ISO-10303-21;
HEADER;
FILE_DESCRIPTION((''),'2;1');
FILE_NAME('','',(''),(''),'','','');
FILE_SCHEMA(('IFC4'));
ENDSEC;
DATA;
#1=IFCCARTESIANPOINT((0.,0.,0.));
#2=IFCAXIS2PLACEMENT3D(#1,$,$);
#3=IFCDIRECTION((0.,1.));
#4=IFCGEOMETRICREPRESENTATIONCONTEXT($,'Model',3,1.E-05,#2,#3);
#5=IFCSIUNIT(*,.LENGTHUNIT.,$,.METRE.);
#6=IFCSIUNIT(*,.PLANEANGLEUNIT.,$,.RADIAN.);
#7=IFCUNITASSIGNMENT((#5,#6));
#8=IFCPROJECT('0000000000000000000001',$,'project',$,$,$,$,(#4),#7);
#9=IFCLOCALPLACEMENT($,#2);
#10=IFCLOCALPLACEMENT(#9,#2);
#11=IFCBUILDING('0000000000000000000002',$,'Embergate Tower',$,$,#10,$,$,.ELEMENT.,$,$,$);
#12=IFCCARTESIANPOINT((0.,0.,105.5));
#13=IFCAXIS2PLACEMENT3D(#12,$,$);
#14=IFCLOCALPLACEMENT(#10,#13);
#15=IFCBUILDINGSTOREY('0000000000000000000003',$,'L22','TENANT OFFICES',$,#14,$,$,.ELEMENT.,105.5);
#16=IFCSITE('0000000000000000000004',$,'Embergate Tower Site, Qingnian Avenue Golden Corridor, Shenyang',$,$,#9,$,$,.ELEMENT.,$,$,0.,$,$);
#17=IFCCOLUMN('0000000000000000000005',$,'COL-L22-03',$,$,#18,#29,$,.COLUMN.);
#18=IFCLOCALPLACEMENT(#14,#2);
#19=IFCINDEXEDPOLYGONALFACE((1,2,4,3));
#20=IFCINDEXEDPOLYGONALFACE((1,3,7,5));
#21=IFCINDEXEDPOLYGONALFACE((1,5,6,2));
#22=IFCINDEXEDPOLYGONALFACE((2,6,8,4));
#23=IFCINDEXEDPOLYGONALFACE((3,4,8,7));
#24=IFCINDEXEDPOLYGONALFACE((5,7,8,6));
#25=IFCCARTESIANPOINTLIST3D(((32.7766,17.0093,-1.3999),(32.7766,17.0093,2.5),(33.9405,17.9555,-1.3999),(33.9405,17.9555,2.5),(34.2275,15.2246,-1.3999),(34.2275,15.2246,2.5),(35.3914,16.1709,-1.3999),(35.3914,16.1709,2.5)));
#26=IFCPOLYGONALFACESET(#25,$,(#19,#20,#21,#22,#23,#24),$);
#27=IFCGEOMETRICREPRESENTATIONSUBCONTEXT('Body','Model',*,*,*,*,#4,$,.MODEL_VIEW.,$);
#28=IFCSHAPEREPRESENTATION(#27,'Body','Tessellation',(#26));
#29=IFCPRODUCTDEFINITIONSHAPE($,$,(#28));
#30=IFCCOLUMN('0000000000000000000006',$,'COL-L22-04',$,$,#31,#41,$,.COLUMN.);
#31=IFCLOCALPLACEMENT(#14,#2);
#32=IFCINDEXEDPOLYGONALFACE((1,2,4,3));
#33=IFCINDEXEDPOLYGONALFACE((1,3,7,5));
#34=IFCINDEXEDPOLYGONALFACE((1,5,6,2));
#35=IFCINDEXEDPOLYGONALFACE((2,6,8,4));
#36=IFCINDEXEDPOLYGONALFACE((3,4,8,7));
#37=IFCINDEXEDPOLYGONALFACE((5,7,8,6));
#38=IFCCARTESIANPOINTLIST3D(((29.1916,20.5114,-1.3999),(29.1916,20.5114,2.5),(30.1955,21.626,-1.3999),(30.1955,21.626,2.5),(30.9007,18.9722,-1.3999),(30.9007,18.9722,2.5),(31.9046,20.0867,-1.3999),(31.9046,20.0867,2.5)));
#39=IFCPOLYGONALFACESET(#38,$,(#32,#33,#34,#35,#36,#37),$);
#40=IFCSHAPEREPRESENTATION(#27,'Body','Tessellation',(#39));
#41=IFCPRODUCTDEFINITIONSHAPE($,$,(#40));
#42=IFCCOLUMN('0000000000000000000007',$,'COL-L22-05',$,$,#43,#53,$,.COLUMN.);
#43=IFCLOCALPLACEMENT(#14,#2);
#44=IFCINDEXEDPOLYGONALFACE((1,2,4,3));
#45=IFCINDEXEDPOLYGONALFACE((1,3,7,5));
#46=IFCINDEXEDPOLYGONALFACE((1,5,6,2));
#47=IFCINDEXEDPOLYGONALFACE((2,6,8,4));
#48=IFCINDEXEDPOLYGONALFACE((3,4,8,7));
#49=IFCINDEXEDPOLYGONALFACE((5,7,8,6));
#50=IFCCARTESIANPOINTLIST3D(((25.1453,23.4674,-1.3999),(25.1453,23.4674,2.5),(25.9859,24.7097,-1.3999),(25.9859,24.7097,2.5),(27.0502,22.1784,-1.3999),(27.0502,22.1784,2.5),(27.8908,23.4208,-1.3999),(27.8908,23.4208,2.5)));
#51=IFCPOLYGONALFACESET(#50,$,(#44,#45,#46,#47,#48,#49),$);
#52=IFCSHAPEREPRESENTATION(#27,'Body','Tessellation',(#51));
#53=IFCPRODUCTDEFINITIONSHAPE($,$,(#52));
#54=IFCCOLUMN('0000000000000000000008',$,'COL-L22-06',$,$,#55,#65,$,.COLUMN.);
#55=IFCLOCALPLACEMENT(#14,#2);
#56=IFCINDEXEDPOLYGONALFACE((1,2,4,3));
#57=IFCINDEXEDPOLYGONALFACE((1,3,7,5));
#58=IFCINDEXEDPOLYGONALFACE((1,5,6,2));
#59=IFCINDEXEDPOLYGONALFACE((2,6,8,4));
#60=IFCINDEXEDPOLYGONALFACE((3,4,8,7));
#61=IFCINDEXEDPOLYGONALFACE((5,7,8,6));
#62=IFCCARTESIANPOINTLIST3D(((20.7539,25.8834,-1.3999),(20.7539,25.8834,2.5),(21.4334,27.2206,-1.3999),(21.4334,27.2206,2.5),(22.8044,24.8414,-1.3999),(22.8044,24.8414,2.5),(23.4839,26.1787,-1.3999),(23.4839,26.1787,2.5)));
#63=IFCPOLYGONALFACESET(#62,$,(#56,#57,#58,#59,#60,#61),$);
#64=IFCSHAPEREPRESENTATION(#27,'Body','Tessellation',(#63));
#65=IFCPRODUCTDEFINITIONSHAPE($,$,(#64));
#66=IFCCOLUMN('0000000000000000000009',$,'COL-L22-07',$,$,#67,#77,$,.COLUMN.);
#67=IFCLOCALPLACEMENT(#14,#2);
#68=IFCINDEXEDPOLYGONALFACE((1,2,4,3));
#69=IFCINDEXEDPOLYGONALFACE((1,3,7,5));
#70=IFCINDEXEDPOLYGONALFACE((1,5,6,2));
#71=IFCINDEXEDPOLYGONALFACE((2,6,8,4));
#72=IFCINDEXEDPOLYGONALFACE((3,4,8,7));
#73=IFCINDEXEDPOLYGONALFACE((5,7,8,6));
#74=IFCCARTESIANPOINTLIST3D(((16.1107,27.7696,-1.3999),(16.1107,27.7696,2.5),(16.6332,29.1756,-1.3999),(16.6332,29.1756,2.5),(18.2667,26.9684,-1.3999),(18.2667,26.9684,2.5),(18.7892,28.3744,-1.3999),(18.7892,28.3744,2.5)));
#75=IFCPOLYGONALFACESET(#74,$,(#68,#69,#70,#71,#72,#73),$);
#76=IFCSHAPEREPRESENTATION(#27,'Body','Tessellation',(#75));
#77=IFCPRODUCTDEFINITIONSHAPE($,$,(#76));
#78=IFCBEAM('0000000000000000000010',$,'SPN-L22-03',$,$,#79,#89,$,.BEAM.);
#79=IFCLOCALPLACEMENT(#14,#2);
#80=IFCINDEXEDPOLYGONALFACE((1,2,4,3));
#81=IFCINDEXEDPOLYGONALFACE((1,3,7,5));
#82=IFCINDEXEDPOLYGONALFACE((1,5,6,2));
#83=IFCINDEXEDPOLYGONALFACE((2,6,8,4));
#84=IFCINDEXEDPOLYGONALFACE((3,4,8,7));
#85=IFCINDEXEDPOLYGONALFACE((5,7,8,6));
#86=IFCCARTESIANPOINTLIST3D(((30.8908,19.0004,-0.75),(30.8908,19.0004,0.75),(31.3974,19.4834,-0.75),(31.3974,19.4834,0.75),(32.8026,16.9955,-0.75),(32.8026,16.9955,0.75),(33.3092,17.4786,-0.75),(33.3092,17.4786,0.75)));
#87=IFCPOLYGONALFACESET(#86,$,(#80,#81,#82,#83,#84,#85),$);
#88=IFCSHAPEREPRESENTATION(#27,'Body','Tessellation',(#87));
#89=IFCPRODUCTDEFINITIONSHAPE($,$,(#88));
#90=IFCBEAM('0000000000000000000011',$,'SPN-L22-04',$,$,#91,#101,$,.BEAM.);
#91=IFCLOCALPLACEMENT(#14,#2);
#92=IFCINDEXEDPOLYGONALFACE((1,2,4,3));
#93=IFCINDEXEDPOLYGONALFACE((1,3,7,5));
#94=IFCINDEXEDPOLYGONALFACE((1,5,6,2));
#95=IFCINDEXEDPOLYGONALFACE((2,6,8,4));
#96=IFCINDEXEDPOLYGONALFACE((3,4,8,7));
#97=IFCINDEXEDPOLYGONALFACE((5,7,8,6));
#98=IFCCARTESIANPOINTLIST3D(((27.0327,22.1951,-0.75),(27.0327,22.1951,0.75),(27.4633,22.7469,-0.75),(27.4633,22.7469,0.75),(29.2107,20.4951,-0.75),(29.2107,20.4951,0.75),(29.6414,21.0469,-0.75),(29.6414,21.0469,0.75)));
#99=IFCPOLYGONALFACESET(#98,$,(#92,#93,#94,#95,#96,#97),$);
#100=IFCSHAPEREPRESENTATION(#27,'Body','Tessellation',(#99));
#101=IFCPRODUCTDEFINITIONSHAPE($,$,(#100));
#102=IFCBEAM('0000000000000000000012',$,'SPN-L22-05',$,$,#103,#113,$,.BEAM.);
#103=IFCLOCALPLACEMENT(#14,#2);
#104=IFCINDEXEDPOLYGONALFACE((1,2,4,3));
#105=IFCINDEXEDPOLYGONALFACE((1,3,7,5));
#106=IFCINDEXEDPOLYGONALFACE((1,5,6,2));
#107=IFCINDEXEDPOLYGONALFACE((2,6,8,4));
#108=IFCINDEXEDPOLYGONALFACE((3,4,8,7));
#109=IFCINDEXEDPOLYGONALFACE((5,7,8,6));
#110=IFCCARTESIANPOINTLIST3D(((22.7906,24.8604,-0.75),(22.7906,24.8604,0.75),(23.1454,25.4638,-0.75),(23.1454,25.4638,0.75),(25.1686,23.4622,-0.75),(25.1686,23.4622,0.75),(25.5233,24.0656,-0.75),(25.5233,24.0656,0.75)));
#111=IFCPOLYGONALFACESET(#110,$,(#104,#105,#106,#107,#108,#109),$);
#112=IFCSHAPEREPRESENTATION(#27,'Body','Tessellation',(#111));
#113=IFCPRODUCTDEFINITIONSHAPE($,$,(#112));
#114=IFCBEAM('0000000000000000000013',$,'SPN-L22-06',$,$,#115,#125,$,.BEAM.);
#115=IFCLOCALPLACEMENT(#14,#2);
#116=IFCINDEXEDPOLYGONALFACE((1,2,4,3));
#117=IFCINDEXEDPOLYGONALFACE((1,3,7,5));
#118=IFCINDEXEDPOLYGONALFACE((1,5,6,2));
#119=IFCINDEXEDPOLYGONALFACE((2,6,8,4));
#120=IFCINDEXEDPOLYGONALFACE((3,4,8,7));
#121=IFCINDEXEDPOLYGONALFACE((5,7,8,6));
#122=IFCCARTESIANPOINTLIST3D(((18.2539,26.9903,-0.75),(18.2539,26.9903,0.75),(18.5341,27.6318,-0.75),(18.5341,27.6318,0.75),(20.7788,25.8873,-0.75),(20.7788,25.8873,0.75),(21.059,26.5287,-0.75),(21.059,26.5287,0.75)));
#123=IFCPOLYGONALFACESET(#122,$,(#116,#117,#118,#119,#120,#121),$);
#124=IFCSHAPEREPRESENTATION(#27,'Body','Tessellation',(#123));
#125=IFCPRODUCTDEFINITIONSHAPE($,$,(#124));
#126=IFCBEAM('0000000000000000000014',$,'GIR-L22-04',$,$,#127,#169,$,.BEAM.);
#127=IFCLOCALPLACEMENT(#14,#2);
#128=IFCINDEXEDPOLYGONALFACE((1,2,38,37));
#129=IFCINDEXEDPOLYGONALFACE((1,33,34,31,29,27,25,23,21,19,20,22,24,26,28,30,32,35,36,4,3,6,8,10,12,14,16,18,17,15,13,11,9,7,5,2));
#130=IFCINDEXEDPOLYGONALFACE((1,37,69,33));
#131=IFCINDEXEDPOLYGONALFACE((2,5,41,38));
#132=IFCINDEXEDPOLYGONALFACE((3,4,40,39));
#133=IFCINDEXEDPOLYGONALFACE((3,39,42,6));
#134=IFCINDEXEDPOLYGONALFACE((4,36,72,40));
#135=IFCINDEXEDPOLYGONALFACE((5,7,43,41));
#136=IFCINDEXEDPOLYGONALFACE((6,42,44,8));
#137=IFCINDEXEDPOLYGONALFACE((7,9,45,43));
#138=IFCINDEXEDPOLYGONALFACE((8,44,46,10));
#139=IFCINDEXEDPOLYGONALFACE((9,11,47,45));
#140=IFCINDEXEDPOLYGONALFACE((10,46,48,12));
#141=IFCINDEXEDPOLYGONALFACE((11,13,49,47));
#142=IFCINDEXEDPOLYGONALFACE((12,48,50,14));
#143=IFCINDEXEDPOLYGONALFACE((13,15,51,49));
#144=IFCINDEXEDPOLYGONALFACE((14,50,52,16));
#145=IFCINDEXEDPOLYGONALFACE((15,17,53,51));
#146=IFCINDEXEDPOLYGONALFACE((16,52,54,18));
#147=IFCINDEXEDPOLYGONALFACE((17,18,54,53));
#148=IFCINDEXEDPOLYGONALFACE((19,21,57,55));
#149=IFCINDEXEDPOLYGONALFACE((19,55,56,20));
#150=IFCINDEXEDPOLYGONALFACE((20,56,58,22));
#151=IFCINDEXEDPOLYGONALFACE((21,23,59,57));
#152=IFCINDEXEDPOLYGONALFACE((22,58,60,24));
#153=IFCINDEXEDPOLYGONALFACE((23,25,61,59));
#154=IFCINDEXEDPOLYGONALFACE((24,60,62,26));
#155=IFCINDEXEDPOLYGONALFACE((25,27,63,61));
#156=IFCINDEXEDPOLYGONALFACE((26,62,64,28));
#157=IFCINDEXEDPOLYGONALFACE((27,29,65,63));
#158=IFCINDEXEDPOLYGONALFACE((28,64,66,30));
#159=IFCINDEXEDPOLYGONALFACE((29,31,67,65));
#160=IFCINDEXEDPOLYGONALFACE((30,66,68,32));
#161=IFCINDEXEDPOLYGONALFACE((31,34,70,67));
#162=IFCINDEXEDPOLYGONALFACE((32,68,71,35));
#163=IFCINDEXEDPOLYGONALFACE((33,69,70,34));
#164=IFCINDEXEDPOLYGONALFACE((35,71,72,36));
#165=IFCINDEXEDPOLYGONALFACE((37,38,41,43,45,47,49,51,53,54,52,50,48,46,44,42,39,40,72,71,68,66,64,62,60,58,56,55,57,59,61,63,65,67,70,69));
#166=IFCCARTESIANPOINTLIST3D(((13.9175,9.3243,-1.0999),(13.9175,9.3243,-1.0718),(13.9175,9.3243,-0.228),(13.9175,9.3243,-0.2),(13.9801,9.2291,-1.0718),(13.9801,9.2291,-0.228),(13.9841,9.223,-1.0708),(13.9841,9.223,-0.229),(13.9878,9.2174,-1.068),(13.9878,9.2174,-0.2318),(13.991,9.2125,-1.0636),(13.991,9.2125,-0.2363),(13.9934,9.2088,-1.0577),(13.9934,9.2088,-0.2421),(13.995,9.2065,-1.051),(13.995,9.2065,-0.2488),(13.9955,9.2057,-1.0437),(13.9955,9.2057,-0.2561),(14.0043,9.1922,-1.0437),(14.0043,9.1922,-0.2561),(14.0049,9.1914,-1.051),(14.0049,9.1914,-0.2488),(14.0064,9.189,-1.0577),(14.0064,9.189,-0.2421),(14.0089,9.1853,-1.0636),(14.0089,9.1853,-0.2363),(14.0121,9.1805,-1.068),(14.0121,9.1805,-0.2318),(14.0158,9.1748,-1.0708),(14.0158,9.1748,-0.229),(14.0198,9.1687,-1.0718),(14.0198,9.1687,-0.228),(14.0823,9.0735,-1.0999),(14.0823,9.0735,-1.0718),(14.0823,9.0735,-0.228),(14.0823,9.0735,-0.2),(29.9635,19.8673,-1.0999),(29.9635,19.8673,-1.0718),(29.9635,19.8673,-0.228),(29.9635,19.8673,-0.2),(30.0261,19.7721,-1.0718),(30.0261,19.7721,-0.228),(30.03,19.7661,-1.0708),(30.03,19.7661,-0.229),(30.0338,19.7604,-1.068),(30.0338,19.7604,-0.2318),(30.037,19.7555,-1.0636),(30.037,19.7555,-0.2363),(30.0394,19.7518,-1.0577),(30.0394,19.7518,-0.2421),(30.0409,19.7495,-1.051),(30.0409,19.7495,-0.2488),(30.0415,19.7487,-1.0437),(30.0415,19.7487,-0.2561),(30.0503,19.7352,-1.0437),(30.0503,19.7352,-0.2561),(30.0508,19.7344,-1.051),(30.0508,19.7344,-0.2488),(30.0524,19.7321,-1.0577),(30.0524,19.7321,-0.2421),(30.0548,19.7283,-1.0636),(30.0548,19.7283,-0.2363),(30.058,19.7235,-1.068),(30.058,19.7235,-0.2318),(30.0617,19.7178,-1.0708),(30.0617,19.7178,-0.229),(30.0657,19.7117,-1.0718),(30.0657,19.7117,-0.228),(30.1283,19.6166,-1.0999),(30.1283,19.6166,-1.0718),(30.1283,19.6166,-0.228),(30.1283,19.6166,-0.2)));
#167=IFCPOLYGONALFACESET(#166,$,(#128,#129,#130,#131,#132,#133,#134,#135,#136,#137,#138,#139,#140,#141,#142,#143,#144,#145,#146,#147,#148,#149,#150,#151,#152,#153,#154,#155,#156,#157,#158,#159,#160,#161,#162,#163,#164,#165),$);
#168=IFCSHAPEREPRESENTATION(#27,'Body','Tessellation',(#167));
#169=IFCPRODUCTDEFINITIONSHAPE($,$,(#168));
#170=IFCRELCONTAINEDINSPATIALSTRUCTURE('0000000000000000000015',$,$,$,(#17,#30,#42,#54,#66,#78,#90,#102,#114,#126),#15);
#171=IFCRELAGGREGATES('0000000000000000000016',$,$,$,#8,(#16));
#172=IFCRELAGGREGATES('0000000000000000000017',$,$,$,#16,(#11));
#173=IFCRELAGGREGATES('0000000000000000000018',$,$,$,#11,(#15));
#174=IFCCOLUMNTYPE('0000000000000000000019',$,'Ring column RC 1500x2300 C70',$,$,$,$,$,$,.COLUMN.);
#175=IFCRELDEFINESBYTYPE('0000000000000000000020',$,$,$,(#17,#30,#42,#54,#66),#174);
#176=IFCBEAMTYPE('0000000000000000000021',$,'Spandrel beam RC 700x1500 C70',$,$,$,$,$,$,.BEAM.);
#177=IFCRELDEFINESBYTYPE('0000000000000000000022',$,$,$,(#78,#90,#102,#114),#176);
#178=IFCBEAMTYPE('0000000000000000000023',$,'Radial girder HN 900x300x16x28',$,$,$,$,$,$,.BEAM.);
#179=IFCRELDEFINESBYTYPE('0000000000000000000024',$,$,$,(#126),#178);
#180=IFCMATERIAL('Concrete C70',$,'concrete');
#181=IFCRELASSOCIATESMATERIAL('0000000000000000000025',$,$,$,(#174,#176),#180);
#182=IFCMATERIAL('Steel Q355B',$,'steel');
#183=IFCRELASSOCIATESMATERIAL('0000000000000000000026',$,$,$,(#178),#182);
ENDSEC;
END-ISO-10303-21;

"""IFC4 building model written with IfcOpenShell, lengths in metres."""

from ifc_helpers import new_model, si_unit, direction, frame, origin, origin_2d, place, context, subcontext, project, spatial, rectangle, i_section, extrude, source, transform, mapped, material, material_profile, profile_set, type_object, element, save


model = new_model("IFC4")

# Units and contexts
model_context = context("Model", 3, precision=1e-05, world=origin(), true_north=direction((0.0, 1.0)))
body_context = subcontext(model_context, "Body", "Model", "MODEL_VIEW")
ifc_project = project(units=[si_unit("LENGTHUNIT", "METRE"), si_unit("PLANEANGLEUNIT", "RADIAN")], contexts=[model_context])

# Site, building, storey
site_placement = place(None, origin())
site = spatial("IfcSite", under=ifc_project, at=site_placement, Name="Embergate Tower Site, Qingnian Avenue Golden Corridor, Shenyang", CompositionType="ELEMENT", RefElevation=0.0)
building_placement = place(site_placement, origin())
building = spatial("IfcBuilding", under=site, at=building_placement, Name="Embergate Tower", CompositionType="ELEMENT")
storey_placement = place(building_placement, frame((0.0, 0.0, 105.5)))
storey = spatial("IfcBuildingStorey", under=building, at=storey_placement, Name="L22", Description="TENANT OFFICES", CompositionType="ELEMENT", Elevation=105.5)

# Columns
ifc_material_1 = material(Name="Concrete C70", Category="concrete")
ifc_material_profile_1 = material_profile(ifc_material_1, rectangle(XDim=1.5, YDim=2.3, at=origin_2d()), Name="RC 1500x2300")
ifc_profile_set_1 = profile_set([ifc_material_profile_1], Name="Concrete C70")
column_type = type_object("IfcColumnType", Name="Ring column RC 1500x2300 C70", PredefinedType="COLUMN", material=ifc_profile_set_1)
shared_shape_1 = source(origin(), body_context, "Body", "SweptSolid", [
    extrude(rectangle(XDim=1.5, YDim=2.3, at=origin_2d()), origin(), (0.0, 0.0, 1.0), 3.8999),
])
for number, where, z_axis, x_axis, name in (
    (1, (34.084, 16.5901, -1.3999), (0.0, 0.0, 1.0), (0.775925, 0.630825, 0.0), "COL-L22-03"),
    (2, (30.5481, 20.2991, -1.3999), (0.0, 0.0, 1.0), (0.669221, 0.743063, 0.0), "COL-L22-04"),
    (3, (26.5181, 23.4441, -1.3999), (0.0, 0.0, 1.0), (0.560408, 0.828217, 0.0), "COL-L22-05"),
    (4, (22.1189, 26.031, -1.3999), (0.0, 0.0, 1.0), (0.453011, 0.891505, 0.0), "COL-L22-06"),
    (5, (17.45, 28.072, -1.3999), (0.0, 0.0, 1.0), (0.348343, 0.937367, 0.0), "COL-L22-07"),
):
    element("IfcColumn", number, at=place(storey_placement, frame(where, z_axis=z_axis, x_axis=x_axis)), inside=storey, type_object=column_type, Name=name, PredefinedType="COLUMN", context=body_context, shape_type="MappedRepresentation", body=[
        mapped(shared_shape_1, transform((0.0, 0.0, 0.0))),
    ])

# Beams
ifc_material_profile_2 = material_profile(ifc_material_1, rectangle(XDim=0.7, YDim=1.5, at=origin_2d()), Name="RC 700x1500")
ifc_profile_set_2 = profile_set([ifc_material_profile_2], Name="Concrete C70")
beam_type_1 = type_object("IfcBeamType", Name="Spandrel beam RC 700x1500 C70", PredefinedType="BEAM", material=ifc_profile_set_2)
shared_shape_2 = source(origin(), body_context, "Body", "SweptSolid", [
    extrude(rectangle(XDim=0.7, YDim=1.5, at=origin_2d()), origin(), (0.0, 0.0, 1.0), 2.7703),
])
beam_1_placement = place(storey_placement, frame((33.0559, 17.2371, 0.0), z_axis=(-0.690119, 0.723696, 0.0), x_axis=(-0.723696, -0.690119, 0.0)))
element("IfcBeam", 6, at=beam_1_placement, inside=storey, type_object=beam_type_1, Name="SPN-L22-03", PredefinedType="BEAM", context=body_context, shape_type="MappedRepresentation", body=[
    mapped(shared_shape_2, transform((0.0, 0.0, 0.0))),
])
shared_shape_3 = source(origin(), body_context, "Body", "SweptSolid", [
    extrude(rectangle(XDim=0.7, YDim=1.5, at=origin_2d()), origin(), (0.0, 0.0, 1.0), 2.7629),
])
beam_2_placement = place(storey_placement, frame((29.426, 20.771, 0.0), z_axis=(-0.788304, 0.615286, 0.0), x_axis=(-0.615286, -0.788304, 0.0)))
element("IfcBeam", 7, at=beam_2_placement, inside=storey, type_object=beam_type_1, Name="SPN-L22-04", PredefinedType="BEAM", context=body_context, shape_type="MappedRepresentation", body=[
    mapped(shared_shape_3, transform((0.0, 0.0, 0.0))),
])
shared_shape_4 = source(origin(), body_context, "Body", "SweptSolid", [
    extrude(rectangle(XDim=0.7, YDim=1.5, at=origin_2d()), origin(), (0.0, 0.0, 1.0), 2.7585),
])
beam_3_placement = place(storey_placement, frame((25.3459, 23.7639, 0.0), z_axis=(-0.862027, 0.506862, 0.0), x_axis=(-0.506862, -0.862027, 0.0)))
element("IfcBeam", 8, at=beam_3_placement, inside=storey, type_object=beam_type_1, Name="SPN-L22-05", PredefinedType="BEAM", context=body_context, shape_type="MappedRepresentation", body=[
    mapped(shared_shape_4, transform((0.0, 0.0, 0.0))),
])
shared_shape_5 = source(origin(), body_context, "Body", "SweptSolid", [
    extrude(rectangle(XDim=0.7, YDim=1.5, at=origin_2d()), origin(), (0.0, 0.0, 1.0), 2.7554),
])
beam_4_placement = place(storey_placement, frame((20.9189, 26.208, 0.0), z_axis=(-0.916373, 0.400326, 0.0), x_axis=(-0.400326, -0.916373, 0.0)))
element("IfcBeam", 9, at=beam_4_placement, inside=storey, type_object=beam_type_1, Name="SPN-L22-06", PredefinedType="BEAM", context=body_context, shape_type="MappedRepresentation", body=[
    mapped(shared_shape_5, transform((0.0, 0.0, 0.0))),
])
ifc_material_2 = material(Name="Steel Q355B", Category="steel")
ifc_material_profile_3 = material_profile(ifc_material_2, i_section(OverallWidth=0.3, OverallDepth=0.8999, WebThickness=0.0161, FlangeThickness=0.0281, FilletRadius=0.0281, at=origin_2d()), Name="HN 900x300x16x28")
ifc_profile_set_3 = profile_set([ifc_material_profile_3], Name="Steel Q355 grade B")
beam_type_2 = type_object("IfcBeamType", Name="Radial girder HN 900x300x16x28", PredefinedType="BEAM", material=ifc_profile_set_3)
shared_shape_6 = source(origin(), body_context, "Body", "SweptSolid", [
    extrude(i_section(OverallWidth=0.3, OverallDepth=0.8999, WebThickness=0.0161, FlangeThickness=0.0281, FilletRadius=0.0281, at=origin_2d()), origin(), (0.0, 0.0, 1.0), 19.1997),
])
beam_5_placement = place(storey_placement, frame((30.0459, 19.7419, -0.6499), z_axis=(-0.835741, -0.549124, 0.0), x_axis=(0.549124, -0.835741, 0.0)))
element("IfcBeam", 10, at=beam_5_placement, inside=storey, type_object=beam_type_2, Name="GIR-L22-04", PredefinedType="BEAM", context=body_context, shape_type="MappedRepresentation", body=[
    mapped(shared_shape_6, transform((0.0, 0.0, 0.0))),
])

save(model, "model.ifc")
